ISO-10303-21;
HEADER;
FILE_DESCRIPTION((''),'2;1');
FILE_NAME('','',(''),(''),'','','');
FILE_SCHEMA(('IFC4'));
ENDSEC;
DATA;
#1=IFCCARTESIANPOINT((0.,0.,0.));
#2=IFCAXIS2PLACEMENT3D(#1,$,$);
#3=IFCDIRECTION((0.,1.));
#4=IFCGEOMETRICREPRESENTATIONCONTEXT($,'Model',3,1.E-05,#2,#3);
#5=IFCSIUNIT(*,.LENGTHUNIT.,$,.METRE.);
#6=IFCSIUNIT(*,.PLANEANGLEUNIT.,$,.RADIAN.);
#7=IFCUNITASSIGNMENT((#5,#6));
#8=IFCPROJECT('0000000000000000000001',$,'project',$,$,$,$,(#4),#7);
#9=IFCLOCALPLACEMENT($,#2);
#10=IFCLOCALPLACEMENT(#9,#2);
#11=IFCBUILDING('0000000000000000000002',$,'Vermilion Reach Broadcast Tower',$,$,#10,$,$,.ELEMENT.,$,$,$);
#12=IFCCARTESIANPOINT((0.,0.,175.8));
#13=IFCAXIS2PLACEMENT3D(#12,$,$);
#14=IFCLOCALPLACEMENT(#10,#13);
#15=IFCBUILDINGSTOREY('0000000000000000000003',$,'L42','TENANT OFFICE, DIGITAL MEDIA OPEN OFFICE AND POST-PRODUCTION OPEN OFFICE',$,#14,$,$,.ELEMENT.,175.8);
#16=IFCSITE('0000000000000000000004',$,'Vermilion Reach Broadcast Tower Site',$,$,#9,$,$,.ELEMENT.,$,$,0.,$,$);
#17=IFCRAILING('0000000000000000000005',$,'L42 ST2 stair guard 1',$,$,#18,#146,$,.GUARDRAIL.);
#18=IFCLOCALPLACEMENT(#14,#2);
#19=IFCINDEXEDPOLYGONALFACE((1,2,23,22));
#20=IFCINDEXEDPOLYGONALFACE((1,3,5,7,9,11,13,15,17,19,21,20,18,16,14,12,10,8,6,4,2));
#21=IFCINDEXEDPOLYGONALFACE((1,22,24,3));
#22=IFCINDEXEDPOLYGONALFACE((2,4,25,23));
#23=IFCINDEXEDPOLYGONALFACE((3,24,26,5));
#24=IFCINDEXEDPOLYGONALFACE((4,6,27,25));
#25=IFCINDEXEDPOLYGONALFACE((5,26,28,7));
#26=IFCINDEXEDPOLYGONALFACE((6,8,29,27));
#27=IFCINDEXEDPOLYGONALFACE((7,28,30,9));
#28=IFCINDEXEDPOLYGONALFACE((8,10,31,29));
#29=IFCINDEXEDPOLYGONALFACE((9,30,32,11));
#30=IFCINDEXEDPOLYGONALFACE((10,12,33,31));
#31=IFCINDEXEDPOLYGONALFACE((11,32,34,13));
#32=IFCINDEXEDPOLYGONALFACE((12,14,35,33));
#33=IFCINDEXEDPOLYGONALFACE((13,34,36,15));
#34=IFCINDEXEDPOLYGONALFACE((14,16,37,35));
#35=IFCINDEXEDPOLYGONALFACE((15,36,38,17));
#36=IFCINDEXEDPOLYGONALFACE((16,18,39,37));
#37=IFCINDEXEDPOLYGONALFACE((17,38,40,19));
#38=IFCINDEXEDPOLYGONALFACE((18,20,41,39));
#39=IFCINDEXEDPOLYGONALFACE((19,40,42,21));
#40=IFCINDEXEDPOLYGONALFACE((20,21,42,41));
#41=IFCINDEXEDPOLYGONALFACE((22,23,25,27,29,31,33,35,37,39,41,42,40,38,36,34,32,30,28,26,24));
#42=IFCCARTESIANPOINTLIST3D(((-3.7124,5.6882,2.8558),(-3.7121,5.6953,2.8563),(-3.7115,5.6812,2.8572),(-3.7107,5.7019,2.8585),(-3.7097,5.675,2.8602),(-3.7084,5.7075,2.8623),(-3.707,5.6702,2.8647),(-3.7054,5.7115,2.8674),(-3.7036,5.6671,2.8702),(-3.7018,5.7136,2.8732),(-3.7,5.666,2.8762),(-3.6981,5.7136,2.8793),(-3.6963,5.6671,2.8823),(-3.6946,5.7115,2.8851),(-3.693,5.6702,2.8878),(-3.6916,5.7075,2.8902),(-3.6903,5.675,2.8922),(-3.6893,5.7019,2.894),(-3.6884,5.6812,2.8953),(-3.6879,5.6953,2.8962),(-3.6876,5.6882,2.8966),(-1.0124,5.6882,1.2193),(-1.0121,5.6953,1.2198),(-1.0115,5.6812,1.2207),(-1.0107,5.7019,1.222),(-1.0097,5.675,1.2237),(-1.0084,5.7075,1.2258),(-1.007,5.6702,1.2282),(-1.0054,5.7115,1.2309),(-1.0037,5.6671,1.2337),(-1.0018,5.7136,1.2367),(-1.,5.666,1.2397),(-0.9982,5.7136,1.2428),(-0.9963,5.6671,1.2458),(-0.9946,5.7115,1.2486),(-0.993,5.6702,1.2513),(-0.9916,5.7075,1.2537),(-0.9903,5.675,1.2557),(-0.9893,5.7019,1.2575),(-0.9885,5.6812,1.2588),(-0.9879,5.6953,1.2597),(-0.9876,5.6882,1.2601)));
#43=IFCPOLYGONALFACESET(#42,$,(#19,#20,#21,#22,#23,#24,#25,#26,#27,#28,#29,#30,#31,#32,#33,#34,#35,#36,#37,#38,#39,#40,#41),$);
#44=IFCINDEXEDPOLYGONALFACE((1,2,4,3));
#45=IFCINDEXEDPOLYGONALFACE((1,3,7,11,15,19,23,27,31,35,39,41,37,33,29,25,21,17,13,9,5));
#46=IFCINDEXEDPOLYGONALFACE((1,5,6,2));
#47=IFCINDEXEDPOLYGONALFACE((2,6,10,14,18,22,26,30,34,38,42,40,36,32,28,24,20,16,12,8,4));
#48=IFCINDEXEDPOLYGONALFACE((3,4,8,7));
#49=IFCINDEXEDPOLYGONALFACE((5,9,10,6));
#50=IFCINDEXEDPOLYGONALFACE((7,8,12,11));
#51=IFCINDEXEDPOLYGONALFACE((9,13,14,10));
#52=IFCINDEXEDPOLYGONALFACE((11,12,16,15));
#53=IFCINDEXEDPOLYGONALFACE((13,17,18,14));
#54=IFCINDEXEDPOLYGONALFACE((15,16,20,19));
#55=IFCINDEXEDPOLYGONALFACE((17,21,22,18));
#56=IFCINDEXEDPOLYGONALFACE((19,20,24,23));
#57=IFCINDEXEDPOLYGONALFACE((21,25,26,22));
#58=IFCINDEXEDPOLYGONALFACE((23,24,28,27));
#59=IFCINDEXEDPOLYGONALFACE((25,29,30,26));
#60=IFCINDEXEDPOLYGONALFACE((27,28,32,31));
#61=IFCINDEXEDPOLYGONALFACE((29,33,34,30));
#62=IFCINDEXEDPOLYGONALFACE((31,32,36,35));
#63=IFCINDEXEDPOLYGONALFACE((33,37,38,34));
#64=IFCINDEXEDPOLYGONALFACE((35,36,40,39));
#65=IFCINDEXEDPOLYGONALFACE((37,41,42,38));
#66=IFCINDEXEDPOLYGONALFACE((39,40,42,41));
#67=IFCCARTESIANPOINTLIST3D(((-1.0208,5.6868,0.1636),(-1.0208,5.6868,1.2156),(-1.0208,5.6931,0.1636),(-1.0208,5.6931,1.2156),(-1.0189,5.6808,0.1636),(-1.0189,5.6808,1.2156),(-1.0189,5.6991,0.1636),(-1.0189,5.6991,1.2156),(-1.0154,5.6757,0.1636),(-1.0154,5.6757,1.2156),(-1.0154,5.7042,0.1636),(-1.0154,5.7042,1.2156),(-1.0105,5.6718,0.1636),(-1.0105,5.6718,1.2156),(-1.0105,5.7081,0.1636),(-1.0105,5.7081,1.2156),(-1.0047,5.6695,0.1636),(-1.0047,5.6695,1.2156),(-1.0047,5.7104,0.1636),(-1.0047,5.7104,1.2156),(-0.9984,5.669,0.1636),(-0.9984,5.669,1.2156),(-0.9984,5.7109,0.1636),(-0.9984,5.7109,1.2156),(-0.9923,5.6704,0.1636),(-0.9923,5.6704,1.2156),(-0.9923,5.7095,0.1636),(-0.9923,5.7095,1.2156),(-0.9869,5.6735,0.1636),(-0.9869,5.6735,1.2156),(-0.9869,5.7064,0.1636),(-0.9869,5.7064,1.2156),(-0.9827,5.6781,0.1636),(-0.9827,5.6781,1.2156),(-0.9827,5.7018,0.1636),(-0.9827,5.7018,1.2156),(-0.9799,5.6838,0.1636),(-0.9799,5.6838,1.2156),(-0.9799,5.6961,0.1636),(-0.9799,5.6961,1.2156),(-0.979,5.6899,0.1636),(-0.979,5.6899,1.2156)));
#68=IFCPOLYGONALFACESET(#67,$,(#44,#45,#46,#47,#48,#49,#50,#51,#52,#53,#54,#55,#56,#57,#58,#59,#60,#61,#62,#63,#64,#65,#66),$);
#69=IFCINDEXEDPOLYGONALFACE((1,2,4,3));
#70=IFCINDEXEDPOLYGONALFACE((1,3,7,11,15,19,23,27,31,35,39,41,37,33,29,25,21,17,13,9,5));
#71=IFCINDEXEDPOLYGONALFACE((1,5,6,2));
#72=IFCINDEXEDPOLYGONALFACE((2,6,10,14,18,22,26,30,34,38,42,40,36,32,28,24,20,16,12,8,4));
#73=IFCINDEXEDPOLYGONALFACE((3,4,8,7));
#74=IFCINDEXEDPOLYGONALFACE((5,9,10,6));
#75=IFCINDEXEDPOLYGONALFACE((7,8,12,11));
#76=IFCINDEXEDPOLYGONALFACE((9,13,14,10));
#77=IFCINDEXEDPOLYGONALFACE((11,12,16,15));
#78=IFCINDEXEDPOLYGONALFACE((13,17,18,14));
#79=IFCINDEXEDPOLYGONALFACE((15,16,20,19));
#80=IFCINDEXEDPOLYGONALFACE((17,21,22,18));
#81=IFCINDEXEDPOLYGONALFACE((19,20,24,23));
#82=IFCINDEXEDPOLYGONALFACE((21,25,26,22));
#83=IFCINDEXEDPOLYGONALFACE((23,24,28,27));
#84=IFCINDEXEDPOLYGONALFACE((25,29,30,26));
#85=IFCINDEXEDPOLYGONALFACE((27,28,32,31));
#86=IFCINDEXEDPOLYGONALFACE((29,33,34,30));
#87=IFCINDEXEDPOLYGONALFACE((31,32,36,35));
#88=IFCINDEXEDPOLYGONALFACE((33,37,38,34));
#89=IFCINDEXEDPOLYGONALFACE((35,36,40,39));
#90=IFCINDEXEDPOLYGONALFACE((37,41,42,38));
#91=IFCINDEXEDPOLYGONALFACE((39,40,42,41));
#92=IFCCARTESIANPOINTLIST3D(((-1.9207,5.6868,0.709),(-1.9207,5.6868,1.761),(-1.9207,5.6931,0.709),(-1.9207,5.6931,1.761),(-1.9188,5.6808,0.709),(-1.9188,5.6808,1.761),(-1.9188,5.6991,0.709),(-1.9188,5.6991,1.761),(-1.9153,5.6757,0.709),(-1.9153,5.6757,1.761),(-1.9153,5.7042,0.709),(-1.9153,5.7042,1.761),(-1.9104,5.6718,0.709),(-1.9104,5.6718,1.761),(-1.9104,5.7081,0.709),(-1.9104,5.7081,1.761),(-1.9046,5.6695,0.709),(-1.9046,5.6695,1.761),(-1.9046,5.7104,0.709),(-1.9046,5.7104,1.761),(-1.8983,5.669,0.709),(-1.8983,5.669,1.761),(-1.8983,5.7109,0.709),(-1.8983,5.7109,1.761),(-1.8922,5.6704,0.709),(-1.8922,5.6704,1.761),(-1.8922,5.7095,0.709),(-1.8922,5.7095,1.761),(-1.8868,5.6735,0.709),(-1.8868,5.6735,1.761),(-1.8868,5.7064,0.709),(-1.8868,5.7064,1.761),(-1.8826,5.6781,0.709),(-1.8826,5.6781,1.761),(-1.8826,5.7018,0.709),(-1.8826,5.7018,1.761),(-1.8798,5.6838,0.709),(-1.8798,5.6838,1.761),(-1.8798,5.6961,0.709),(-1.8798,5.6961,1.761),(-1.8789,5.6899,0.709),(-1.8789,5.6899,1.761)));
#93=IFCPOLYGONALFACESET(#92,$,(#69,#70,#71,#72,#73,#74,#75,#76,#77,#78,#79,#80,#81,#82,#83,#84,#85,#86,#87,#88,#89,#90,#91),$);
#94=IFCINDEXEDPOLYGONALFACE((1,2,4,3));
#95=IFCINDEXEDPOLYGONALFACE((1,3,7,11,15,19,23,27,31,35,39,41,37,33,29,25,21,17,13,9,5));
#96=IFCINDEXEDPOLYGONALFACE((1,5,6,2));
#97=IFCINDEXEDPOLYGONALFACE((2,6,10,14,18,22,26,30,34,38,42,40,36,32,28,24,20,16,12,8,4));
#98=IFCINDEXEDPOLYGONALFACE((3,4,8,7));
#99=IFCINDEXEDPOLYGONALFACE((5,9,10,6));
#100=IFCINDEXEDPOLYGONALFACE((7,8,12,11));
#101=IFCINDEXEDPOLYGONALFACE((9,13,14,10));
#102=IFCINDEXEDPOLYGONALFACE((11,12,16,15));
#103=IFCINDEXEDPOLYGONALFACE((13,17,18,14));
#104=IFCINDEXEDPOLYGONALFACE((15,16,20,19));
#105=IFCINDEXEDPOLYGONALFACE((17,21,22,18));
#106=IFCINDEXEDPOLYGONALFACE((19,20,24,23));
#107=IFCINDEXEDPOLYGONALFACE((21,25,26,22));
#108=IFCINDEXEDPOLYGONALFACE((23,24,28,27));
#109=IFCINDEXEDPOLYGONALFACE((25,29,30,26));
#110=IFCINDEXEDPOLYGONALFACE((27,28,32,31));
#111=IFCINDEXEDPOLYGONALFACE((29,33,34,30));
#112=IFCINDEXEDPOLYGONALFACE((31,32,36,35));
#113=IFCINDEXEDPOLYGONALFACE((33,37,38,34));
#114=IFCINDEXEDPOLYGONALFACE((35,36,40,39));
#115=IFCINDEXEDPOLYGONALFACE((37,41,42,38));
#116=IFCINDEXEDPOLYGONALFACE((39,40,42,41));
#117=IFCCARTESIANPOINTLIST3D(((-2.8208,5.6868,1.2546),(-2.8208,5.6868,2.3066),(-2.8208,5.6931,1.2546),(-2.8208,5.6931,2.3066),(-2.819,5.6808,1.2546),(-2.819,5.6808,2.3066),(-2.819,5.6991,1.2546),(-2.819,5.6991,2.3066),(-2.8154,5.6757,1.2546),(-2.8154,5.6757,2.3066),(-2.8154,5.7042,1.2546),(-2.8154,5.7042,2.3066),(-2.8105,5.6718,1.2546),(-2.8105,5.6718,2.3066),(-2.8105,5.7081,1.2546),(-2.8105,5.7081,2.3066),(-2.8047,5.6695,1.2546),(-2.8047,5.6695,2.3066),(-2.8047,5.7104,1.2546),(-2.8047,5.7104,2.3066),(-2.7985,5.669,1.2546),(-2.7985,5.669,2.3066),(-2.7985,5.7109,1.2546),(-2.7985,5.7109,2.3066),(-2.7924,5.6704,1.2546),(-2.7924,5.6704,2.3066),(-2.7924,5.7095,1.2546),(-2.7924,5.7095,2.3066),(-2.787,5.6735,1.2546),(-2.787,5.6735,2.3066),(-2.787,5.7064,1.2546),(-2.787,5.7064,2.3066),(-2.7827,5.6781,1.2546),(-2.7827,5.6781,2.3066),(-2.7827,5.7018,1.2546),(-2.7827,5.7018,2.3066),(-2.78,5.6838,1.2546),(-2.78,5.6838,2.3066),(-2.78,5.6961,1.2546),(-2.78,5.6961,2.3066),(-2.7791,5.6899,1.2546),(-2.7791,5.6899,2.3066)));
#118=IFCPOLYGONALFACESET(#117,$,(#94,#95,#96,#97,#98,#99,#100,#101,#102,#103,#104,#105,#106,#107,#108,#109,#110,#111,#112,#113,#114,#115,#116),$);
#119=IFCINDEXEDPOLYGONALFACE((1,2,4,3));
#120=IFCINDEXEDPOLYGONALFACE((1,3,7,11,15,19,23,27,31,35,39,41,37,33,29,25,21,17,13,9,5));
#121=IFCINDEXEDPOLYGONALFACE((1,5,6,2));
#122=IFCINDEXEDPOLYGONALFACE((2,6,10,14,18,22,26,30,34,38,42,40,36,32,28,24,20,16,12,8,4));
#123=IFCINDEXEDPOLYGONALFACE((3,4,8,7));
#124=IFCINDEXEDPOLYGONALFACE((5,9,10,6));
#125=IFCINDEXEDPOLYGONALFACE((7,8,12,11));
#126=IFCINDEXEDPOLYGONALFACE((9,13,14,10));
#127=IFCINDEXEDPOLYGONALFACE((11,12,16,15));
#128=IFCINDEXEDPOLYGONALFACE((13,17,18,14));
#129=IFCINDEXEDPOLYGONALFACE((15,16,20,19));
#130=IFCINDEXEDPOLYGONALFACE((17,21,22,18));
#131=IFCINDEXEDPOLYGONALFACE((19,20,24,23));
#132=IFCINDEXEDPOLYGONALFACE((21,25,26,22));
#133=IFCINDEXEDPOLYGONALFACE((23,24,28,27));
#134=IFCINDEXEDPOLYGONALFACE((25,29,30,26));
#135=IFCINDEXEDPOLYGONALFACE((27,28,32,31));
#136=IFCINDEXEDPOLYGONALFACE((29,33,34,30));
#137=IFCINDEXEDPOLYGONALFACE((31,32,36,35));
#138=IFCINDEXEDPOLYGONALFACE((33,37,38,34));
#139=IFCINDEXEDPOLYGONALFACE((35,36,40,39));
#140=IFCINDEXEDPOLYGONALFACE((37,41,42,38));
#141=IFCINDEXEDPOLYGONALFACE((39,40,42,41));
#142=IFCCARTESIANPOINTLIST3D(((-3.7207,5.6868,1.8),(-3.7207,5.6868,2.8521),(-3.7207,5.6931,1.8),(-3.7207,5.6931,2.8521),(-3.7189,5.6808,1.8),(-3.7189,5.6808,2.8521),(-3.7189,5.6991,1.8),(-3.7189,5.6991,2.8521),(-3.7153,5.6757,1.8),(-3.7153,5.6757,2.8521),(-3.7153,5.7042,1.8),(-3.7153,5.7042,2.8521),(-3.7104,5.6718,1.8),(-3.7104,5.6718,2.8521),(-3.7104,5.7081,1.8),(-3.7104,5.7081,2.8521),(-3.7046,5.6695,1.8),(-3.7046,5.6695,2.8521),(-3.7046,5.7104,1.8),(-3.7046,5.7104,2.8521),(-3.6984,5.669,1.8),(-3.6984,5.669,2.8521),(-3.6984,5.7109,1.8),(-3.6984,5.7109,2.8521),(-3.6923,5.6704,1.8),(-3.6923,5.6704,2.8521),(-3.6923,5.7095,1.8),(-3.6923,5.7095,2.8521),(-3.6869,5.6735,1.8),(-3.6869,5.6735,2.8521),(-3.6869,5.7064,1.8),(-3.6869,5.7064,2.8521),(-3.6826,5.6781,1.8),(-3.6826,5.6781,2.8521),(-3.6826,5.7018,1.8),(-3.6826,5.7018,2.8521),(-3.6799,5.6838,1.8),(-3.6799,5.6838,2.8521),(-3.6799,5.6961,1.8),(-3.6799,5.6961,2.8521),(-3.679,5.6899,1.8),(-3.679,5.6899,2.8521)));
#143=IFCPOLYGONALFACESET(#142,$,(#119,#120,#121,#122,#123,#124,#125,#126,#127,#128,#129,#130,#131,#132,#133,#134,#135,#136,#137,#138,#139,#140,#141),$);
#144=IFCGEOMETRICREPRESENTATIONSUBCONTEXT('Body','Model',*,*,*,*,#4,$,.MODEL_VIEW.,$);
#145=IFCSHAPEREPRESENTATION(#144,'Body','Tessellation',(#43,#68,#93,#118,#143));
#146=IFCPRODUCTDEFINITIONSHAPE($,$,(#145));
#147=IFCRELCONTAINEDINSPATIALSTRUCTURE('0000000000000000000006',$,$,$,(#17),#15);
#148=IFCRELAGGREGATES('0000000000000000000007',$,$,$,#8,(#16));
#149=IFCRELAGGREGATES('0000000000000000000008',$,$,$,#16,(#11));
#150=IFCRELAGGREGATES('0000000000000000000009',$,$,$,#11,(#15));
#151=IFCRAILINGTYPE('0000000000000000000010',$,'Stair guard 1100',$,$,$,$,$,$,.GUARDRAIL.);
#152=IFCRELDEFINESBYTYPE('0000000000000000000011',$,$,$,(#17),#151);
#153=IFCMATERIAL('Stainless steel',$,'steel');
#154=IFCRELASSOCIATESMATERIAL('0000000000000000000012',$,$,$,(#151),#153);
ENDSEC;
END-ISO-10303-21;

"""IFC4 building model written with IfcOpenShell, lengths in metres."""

from ifc_helpers import new_model, si_unit, direction, frame, origin, origin_2d, place, context, subcontext, project, spatial, circle, extrude, material, type_object, element, save


model = new_model("IFC4")

# Units and contexts
model_context = context("Model", 3, precision=1e-05, world=origin(), true_north=direction((0.0, 1.0)))
body_context = subcontext(model_context, "Body", "Model", "MODEL_VIEW")
ifc_project = project(units=[si_unit("LENGTHUNIT", "METRE"), si_unit("PLANEANGLEUNIT", "RADIAN")], contexts=[model_context])

# Site, building, storey
site_placement = place(None, origin())
site = spatial("IfcSite", under=ifc_project, at=site_placement, Name="Vermilion Reach Broadcast Tower Site", CompositionType="ELEMENT", RefElevation=0.0)
building_placement = place(site_placement, origin())
building = spatial("IfcBuilding", under=site, at=building_placement, Name="Vermilion Reach Broadcast Tower", CompositionType="ELEMENT")
storey_placement = place(building_placement, frame((0.0, 0.0, 175.8)))
storey = spatial("IfcBuildingStorey", under=building, at=storey_placement, Name="L42", Description="TENANT OFFICE, DIGITAL MEDIA OPEN OFFICE AND POST-PRODUCTION OPEN OFFICE", CompositionType="ELEMENT", Elevation=175.8)

# Railing
ifc_material_1 = material(Name="Stainless steel", Category="steel")
railing_type_1 = type_object("IfcRailingType", Name="Stair guard 1100", PredefinedType="GUARDRAIL", material=ifc_material_1)
railing_1_placement = place(storey_placement, frame((-1.0, 5.6899, 0.1636)))
element("IfcRailing", 1, at=railing_1_placement, inside=storey, type_object=railing_type_1, Name="L42 ST2 stair guard 1", PredefinedType="GUARDRAIL", context=body_context, shape_type="SweptSolid", body=[
    extrude(circle(Radius=0.0239, at=origin_2d()), frame((0.0, 0.0, 1.0762), z_axis=(-0.855178, 0.0, 0.518334), x_axis=(0.0, -1.0, 0.0)), (0.0, 0.0, 1.0), 3.1572),
    extrude(circle(Radius=0.021, at=origin_2d()), origin(), (0.0, 0.0, 1.0), 1.052),
    extrude(circle(Radius=0.021, at=origin_2d()), frame((-0.8999, 0.0, 0.5454)), (0.0, 0.0, 1.0), 1.052),
    extrude(circle(Radius=0.021, at=origin_2d()), frame((-1.8, 0.0, 1.0911)), (0.0, 0.0, 1.0), 1.052),
    extrude(circle(Radius=0.021, at=origin_2d()), frame((-2.7, 0.0, 1.6365)), (0.0, 0.0, 1.0), 1.052),
])

save(model, "model.ifc")
